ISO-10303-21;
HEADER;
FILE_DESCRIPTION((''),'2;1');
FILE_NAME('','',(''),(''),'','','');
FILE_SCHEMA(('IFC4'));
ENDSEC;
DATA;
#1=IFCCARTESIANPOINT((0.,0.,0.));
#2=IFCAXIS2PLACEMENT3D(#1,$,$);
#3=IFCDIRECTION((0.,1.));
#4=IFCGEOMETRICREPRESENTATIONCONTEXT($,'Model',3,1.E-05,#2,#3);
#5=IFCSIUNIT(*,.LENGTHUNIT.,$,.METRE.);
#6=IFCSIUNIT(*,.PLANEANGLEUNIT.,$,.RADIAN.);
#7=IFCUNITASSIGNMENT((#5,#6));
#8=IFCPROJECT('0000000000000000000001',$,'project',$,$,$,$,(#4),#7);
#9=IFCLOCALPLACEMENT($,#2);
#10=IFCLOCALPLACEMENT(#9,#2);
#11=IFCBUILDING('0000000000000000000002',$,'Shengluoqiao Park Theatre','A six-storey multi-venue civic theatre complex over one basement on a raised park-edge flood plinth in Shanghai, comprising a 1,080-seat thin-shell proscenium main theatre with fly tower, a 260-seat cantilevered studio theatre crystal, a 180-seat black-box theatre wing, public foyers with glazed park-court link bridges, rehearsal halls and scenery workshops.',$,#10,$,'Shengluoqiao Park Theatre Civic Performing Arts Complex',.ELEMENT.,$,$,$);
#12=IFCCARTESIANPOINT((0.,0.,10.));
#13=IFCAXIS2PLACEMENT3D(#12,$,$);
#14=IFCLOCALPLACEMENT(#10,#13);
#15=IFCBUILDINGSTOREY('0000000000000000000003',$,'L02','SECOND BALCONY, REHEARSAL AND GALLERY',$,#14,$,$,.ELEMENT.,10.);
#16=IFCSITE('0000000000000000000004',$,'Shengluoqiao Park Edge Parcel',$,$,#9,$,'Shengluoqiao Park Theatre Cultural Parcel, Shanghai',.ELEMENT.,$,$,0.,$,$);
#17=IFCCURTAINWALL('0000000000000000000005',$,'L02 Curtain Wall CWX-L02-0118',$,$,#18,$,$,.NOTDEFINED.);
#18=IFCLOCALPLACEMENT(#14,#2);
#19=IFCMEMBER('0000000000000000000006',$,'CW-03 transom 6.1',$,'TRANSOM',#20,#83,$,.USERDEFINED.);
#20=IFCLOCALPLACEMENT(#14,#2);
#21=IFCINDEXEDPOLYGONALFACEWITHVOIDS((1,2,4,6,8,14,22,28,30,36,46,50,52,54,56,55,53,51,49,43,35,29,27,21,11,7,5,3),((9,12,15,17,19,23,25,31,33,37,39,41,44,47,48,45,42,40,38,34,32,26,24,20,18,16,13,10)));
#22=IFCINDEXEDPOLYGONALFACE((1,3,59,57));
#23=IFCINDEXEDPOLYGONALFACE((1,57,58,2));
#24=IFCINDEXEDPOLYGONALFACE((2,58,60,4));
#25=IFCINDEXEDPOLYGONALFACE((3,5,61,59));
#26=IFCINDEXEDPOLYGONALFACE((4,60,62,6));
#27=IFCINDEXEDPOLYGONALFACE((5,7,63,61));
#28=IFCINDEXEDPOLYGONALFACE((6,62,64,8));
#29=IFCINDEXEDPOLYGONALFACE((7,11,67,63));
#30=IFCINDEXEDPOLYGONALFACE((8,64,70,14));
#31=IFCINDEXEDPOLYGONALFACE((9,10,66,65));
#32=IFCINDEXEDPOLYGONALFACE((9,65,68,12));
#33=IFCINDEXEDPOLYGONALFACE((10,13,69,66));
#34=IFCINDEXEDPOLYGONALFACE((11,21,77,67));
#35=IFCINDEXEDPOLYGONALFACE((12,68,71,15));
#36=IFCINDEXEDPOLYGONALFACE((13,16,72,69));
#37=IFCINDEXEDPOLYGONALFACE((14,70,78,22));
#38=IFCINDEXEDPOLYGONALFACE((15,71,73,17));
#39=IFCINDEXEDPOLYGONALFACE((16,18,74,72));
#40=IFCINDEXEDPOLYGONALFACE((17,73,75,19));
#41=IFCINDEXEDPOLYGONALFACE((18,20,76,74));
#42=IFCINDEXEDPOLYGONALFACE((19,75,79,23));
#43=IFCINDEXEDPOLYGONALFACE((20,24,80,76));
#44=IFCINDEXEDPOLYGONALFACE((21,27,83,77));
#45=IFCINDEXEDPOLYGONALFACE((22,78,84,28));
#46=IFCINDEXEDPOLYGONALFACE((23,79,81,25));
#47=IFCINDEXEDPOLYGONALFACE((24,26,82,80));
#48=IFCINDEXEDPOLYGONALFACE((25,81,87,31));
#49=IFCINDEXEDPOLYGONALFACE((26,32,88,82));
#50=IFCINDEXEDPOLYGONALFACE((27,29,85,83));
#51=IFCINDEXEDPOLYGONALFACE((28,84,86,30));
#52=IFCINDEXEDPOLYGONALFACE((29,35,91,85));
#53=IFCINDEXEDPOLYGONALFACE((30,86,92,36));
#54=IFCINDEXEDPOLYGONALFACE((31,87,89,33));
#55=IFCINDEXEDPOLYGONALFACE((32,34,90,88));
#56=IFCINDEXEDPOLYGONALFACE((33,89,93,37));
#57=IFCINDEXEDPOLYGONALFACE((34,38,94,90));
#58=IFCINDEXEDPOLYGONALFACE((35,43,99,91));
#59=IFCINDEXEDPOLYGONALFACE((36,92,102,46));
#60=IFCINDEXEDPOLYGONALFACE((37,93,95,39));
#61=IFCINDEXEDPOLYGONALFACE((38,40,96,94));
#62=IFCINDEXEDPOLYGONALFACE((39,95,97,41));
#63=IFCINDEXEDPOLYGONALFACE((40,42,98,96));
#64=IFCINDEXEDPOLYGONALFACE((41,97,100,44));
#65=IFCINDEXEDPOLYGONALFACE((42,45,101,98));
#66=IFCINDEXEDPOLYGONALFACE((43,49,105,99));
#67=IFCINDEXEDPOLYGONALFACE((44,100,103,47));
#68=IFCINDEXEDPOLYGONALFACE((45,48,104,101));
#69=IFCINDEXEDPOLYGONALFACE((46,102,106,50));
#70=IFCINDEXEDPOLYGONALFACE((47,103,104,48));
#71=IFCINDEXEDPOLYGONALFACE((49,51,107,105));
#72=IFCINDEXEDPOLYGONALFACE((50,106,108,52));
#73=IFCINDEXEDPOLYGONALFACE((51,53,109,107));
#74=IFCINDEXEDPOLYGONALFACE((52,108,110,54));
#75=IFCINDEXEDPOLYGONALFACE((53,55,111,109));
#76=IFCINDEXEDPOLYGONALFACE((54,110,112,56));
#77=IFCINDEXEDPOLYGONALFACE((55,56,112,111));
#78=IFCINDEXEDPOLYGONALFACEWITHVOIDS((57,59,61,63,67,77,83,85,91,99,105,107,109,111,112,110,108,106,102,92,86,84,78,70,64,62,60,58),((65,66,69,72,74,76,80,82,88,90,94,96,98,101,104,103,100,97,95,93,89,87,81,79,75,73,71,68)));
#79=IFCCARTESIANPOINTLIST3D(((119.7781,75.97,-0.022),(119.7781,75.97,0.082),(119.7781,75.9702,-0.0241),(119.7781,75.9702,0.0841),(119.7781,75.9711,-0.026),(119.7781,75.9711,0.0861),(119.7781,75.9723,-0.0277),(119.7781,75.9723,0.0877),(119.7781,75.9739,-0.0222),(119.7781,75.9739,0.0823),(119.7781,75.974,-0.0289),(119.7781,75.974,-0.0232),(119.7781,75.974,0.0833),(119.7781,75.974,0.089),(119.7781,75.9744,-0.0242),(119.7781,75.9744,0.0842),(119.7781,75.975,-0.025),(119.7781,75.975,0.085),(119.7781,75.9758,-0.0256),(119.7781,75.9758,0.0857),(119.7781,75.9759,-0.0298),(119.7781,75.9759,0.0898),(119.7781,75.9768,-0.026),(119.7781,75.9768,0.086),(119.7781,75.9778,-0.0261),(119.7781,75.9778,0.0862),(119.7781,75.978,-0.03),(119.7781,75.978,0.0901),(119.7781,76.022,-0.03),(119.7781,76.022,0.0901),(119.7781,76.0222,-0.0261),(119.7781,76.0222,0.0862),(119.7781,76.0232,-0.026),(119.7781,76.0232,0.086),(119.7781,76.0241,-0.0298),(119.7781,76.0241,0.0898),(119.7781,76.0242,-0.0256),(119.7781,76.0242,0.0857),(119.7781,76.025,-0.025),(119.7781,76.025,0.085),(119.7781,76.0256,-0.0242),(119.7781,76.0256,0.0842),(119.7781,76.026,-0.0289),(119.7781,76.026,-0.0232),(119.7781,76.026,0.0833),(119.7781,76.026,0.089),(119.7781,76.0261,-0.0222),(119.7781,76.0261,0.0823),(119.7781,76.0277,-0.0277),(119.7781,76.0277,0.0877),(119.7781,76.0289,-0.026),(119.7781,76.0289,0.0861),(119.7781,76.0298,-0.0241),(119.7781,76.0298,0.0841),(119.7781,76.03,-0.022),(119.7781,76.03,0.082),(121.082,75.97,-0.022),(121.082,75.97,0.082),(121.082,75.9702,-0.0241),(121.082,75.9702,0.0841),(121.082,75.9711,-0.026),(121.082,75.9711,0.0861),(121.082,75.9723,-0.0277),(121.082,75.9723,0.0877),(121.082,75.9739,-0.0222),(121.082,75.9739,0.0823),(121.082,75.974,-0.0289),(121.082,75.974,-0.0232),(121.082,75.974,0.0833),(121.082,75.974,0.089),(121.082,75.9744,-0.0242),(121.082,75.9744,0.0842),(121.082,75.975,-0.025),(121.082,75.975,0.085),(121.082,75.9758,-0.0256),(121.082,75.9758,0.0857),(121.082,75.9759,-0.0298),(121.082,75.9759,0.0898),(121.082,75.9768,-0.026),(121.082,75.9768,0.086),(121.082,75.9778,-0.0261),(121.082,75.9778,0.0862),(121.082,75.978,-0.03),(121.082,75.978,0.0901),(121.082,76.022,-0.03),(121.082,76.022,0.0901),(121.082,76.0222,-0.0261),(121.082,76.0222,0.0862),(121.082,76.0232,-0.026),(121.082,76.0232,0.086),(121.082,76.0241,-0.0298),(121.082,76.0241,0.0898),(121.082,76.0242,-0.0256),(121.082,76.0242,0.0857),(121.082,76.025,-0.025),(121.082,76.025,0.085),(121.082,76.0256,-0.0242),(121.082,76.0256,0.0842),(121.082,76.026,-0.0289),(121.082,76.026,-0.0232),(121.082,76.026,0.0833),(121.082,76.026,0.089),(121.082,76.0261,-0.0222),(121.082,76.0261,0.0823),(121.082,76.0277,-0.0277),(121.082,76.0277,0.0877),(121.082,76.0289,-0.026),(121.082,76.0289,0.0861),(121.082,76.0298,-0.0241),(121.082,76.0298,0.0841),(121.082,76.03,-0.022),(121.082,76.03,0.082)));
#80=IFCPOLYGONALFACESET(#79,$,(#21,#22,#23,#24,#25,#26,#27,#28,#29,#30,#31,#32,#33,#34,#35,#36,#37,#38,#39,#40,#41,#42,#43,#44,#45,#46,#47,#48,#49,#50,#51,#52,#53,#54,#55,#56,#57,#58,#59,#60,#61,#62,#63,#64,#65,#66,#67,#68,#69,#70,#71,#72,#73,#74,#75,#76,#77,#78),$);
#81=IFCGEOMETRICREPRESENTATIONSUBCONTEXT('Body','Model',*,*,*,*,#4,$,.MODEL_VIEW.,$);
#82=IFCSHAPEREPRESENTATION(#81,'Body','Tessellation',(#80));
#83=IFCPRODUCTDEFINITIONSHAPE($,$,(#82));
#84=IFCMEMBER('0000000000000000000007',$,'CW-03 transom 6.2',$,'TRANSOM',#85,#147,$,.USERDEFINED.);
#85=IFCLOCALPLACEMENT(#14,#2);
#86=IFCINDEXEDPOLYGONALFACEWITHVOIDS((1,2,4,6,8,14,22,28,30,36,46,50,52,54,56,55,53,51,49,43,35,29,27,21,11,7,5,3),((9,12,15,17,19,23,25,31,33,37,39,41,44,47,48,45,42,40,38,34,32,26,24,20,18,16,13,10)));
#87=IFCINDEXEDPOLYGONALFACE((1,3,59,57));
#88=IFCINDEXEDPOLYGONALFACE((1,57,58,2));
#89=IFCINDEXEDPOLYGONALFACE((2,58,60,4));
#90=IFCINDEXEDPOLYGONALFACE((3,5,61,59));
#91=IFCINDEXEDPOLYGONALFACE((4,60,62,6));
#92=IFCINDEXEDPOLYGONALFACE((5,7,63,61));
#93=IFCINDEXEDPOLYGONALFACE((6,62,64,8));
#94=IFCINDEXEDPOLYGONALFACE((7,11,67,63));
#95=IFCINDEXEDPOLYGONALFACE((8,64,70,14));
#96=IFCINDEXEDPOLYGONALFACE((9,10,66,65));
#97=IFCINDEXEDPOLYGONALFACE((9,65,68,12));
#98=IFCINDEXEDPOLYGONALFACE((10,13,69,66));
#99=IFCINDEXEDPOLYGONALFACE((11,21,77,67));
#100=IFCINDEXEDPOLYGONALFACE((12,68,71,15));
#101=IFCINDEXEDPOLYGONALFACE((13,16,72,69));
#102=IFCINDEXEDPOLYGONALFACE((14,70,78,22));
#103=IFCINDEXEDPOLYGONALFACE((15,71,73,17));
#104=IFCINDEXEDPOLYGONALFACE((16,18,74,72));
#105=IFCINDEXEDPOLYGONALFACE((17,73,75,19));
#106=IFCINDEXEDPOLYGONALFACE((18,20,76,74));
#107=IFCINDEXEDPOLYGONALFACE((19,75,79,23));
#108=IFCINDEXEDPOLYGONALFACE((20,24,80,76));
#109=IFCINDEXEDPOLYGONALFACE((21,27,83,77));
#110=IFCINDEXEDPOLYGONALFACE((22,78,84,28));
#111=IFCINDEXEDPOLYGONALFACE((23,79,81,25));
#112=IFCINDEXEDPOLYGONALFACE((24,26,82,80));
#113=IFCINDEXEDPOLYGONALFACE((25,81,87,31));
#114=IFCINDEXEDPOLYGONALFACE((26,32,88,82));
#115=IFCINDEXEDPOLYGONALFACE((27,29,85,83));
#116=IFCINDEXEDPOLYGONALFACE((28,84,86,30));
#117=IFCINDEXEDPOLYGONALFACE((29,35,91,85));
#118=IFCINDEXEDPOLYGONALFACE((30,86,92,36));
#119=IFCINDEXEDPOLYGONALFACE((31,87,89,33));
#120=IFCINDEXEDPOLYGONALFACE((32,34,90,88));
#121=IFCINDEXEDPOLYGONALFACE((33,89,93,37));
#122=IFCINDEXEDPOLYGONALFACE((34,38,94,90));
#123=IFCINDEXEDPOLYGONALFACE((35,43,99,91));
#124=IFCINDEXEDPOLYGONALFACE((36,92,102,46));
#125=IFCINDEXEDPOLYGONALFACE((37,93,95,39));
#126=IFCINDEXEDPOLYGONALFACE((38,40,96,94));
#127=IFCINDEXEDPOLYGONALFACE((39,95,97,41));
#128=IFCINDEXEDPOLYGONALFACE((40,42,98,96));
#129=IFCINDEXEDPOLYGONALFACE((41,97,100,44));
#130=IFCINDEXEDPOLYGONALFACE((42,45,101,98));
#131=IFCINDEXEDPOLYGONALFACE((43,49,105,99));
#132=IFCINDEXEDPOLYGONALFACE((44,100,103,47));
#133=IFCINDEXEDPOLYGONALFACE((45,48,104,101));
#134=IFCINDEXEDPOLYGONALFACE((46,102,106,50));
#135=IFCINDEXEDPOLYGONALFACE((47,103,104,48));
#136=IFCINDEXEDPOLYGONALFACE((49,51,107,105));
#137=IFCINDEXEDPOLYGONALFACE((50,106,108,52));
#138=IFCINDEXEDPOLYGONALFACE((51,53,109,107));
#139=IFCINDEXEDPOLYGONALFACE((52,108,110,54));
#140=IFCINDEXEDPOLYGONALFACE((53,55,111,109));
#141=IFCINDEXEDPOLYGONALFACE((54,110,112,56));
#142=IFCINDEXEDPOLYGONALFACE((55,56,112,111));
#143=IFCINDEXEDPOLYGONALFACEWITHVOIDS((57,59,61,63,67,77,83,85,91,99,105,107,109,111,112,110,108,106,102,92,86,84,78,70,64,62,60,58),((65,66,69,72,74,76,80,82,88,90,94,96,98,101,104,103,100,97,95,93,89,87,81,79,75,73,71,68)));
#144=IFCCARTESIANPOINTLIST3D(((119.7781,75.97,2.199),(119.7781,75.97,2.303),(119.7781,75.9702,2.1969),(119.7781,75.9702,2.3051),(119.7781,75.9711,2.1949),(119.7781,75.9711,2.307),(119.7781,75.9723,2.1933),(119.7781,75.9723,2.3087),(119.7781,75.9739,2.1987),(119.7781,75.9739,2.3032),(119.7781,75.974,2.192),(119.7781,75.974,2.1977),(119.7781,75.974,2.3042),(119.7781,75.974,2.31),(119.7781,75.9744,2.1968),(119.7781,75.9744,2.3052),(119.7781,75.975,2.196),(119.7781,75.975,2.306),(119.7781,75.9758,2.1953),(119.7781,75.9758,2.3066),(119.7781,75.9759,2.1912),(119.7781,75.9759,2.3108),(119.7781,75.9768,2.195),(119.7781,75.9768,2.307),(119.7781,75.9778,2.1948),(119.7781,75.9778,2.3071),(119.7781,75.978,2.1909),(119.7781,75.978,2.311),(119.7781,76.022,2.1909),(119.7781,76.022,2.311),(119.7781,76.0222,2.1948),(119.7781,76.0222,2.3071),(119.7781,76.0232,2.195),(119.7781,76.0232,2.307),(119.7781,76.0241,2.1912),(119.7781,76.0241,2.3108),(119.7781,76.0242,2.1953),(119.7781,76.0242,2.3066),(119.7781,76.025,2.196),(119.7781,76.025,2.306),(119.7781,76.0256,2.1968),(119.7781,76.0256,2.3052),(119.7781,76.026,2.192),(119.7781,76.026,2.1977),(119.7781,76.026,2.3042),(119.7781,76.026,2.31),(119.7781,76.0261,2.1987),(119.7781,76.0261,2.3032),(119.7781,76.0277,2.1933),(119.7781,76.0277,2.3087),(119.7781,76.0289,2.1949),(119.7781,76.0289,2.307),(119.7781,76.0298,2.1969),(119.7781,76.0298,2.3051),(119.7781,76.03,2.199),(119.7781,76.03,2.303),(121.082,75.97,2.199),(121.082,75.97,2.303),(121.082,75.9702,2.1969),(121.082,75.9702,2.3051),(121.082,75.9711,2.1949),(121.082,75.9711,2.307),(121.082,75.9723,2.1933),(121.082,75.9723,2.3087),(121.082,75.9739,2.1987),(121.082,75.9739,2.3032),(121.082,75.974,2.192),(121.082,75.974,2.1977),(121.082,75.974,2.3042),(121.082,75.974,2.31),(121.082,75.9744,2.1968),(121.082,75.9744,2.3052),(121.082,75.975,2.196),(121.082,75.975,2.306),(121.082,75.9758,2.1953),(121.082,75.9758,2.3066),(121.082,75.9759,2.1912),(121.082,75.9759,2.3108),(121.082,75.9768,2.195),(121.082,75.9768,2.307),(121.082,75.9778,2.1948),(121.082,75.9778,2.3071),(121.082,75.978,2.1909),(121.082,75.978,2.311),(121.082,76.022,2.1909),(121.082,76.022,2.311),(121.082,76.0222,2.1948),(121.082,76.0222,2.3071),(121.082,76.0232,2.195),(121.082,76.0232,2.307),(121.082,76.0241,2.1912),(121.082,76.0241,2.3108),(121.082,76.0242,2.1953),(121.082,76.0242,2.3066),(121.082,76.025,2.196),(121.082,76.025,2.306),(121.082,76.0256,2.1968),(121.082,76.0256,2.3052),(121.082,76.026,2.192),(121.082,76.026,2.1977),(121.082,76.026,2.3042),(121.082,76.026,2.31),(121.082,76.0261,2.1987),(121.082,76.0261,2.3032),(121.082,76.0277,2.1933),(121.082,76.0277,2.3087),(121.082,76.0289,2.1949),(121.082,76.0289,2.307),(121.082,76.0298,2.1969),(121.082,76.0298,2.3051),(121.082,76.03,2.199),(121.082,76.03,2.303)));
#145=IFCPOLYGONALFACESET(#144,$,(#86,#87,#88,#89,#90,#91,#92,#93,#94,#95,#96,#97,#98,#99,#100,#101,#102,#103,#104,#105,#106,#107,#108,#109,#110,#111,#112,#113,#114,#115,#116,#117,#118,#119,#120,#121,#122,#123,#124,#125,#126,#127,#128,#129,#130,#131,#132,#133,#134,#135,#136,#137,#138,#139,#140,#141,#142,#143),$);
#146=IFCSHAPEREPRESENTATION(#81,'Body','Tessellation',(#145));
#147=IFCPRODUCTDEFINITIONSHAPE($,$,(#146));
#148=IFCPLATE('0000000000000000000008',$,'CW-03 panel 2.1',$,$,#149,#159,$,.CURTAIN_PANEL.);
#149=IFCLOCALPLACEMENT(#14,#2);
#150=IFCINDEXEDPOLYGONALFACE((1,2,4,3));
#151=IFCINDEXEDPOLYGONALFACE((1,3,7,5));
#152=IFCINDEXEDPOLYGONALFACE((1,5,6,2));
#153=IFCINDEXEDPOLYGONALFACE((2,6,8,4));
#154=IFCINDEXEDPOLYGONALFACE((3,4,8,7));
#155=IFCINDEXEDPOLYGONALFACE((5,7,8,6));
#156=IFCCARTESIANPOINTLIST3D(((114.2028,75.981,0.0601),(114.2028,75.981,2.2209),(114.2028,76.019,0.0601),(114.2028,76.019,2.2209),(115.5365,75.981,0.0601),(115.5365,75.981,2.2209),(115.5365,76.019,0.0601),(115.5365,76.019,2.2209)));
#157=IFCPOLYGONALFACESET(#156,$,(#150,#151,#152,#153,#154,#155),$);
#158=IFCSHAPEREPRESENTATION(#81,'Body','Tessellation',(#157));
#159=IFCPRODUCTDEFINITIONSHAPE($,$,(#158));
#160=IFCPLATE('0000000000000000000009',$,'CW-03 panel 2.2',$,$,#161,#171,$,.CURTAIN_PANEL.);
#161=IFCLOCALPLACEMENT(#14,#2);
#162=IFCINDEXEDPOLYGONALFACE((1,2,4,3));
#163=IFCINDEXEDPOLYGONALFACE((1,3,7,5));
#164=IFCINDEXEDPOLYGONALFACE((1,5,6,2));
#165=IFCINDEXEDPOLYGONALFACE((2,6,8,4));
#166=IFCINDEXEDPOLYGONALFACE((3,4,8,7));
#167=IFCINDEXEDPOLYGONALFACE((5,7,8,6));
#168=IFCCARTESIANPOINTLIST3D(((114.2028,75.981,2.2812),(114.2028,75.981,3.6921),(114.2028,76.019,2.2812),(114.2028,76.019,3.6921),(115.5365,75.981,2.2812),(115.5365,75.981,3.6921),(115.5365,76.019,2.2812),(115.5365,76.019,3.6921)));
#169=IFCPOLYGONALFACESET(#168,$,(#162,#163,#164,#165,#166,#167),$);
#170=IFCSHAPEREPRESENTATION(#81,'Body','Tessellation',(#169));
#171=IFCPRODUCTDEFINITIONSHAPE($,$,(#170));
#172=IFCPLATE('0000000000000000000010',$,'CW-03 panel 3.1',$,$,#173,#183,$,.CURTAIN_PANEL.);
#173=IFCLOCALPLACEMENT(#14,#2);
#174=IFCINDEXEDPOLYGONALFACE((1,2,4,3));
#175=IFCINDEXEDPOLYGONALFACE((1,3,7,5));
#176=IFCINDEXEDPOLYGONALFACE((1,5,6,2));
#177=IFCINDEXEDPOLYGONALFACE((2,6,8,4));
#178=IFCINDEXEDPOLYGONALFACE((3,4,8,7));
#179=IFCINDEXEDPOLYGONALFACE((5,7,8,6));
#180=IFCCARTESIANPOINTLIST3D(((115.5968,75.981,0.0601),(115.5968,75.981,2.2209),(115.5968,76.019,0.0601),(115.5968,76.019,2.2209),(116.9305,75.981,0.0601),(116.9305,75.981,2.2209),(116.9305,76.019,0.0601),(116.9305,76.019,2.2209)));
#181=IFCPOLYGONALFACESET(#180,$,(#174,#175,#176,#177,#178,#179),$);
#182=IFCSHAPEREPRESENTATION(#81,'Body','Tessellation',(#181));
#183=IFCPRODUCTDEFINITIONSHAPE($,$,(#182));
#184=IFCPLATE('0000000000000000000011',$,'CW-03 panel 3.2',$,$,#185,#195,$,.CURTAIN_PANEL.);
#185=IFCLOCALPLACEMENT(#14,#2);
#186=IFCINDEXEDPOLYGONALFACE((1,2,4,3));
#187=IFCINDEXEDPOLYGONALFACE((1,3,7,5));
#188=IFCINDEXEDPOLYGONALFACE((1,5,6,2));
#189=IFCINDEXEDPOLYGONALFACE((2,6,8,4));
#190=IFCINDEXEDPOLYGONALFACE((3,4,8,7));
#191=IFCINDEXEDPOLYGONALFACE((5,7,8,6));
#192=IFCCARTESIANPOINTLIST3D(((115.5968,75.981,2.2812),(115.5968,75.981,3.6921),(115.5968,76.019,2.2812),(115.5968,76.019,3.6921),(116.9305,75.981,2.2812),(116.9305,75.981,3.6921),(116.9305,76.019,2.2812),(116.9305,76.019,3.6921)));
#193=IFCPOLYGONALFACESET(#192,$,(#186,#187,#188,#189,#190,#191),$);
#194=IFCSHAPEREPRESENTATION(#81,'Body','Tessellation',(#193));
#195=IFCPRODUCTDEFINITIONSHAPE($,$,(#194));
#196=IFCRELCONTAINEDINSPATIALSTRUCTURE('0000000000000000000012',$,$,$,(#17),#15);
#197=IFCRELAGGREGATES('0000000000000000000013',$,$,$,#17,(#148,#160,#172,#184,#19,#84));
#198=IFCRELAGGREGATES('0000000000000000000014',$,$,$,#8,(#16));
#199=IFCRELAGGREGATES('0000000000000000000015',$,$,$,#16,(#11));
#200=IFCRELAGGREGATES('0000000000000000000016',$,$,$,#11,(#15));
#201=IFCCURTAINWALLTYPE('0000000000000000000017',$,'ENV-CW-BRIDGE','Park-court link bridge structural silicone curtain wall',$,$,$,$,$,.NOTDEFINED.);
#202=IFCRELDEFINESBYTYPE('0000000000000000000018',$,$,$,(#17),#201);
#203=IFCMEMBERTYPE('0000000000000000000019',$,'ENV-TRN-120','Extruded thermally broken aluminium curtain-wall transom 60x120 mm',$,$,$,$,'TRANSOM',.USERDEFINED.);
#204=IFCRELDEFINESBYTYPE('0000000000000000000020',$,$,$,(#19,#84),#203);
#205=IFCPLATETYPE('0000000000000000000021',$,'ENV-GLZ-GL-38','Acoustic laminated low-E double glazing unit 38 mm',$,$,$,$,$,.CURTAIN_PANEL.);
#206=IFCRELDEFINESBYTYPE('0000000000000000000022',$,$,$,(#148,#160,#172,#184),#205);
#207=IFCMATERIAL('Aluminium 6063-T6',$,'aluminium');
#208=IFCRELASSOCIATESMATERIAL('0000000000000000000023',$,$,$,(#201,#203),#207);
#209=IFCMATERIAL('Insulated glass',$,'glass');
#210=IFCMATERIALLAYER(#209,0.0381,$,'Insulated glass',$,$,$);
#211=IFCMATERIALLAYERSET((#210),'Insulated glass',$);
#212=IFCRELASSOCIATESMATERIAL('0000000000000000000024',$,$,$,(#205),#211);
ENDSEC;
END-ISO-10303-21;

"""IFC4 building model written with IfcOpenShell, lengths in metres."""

from ifc_helpers import new_model, si_unit, direction, frame, origin, origin_2d, place, context, subcontext, project, spatial, rectangle, hollow_rectangle, extrude, material, layer, layer_set, material_profile, profile_set, type_object, element, aggregate, save


model = new_model("IFC4")

# Units and contexts
model_context = context("Model", 3, precision=1e-05, world=origin(), true_north=direction((0.0, 1.0)))
body_context = subcontext(model_context, "Body", "Model", "MODEL_VIEW")
ifc_project = project(units=[si_unit("LENGTHUNIT", "METRE"), si_unit("PLANEANGLEUNIT", "RADIAN")], contexts=[model_context])

# Site, building, storey
site_placement = place(None, origin())
site = spatial("IfcSite", under=ifc_project, at=site_placement, Name="Shengluoqiao Park Edge Parcel", LongName="Shengluoqiao Park Theatre Cultural Parcel, Shanghai", CompositionType="ELEMENT", RefElevation=0.0)
building_placement = place(site_placement, origin())
building = spatial("IfcBuilding", under=site, at=building_placement, Name="Shengluoqiao Park Theatre", Description="A six-storey multi-venue civic theatre complex over one basement on a raised park-edge flood plinth in Shanghai, comprising a 1,080-seat thin-shell proscenium main theatre with fly tower, a 260-seat cantilevered studio theatre crystal, a 180-seat black-box theatre wing, public foyers with glazed park-court link bridges, rehearsal halls and scenery workshops.", LongName="Shengluoqiao Park Theatre Civic Performing Arts Complex", CompositionType="ELEMENT")
storey_placement = place(building_placement, frame((0.0, 0.0, 10.0)))
storey = spatial("IfcBuildingStorey", under=building, at=storey_placement, Name="L02", Description="SECOND BALCONY, REHEARSAL AND GALLERY", CompositionType="ELEMENT", Elevation=10.0)

# Curtain wall, members, plates
ifc_material_1 = material(Name="Aluminium 6063-T6", Category="aluminium")
curtain_wall_type = type_object("IfcCurtainWallType", Name="ENV-CW-BRIDGE", Description="Park-court link bridge structural silicone curtain wall", PredefinedType="NOTDEFINED", material=ifc_material_1)
curtain_wall_placement = place(storey_placement, origin())
curtain_wall = element("IfcCurtainWall", 1, at=curtain_wall_placement, inside=storey, type_object=curtain_wall_type, Name="L02 Curtain Wall CWX-L02-0118", PredefinedType="NOTDEFINED")
ifc_material_profile_1 = material_profile(ifc_material_1, hollow_rectangle(XDim=0.0601, YDim=0.1201, WallThickness=0.0039, InnerFilletRadius=0.0039, OuterFilletRadius=0.0081, at=origin_2d()), Name="ALU TRANSOM 120x60x4")
ifc_profile_set_1 = profile_set([ifc_material_profile_1], Name="Aluminium 6063-T6")
member_type_1 = type_object("IfcMemberType", Name="ENV-TRN-120", Description="Extruded thermally broken aluminium curtain-wall transom 60x120 mm", ElementType="TRANSOM", PredefinedType="USERDEFINED", material=ifc_profile_set_1)
member_1_placement = place(storey_placement, frame((119.7781, 76.0, 0.03), z_axis=(1.0, 0.0, 0.0), x_axis=(0.0, 1.0, 0.0)))
member_1 = element("IfcMember", 2, at=member_1_placement, type_object=member_type_1, Name="CW-03 transom 6.1", ObjectType="TRANSOM", PredefinedType="USERDEFINED", context=body_context, shape_type="SweptSolid", body=[
    extrude(hollow_rectangle(XDim=0.0601, YDim=0.1201, WallThickness=0.0039, InnerFilletRadius=0.0039, OuterFilletRadius=0.0081, at=origin_2d()), origin(), (0.0, 0.0, 1.0), 1.304),
])
member_2_placement = place(storey_placement, frame((119.7781, 76.0, 2.251), z_axis=(1.0, 0.0, 0.0), x_axis=(0.0, 1.0, 0.0)))
member_2 = element("IfcMember", 3, at=member_2_placement, type_object=member_type_1, Name="CW-03 transom 6.2", ObjectType="TRANSOM", PredefinedType="USERDEFINED", context=body_context, shape_type="SweptSolid", body=[
    extrude(hollow_rectangle(XDim=0.0601, YDim=0.1201, WallThickness=0.0039, InnerFilletRadius=0.0039, OuterFilletRadius=0.0081, at=origin_2d()), origin(), (0.0, 0.0, 1.0), 1.304),
])
ifc_material_2 = material(Name="Insulated glass", Category="glass")
ifc_layer = layer(ifc_material_2, 0.0381, Name="Insulated glass")
ifc_layer_set = layer_set([ifc_layer], Name="Insulated glass")
plate_type = type_object("IfcPlateType", Name="ENV-GLZ-GL-38", Description="Acoustic laminated low-E double glazing unit 38 mm", PredefinedType="CURTAIN_PANEL", material=ifc_layer_set)
plate_1_placement = place(storey_placement, frame((114.8696, 76.0, 0.0601), z_axis=(0.0, 0.0, 1.0), x_axis=(1.0, 0.0, 0.0)))
plate_1 = element("IfcPlate", 4, at=plate_1_placement, type_object=plate_type, Name="CW-03 panel 2.1", PredefinedType="CURTAIN_PANEL", context=body_context, shape_type="SweptSolid", body=[
    extrude(rectangle(XDim=1.3337, YDim=0.0381, at=origin_2d()), origin(), (0.0, 0.0, 1.0), 2.1609),
])
plate_2_placement = place(storey_placement, frame((114.8696, 76.0, 2.2812), z_axis=(0.0, 0.0, 1.0), x_axis=(1.0, 0.0, 0.0)))
plate_2 = element("IfcPlate", 5, at=plate_2_placement, type_object=plate_type, Name="CW-03 panel 2.2", PredefinedType="CURTAIN_PANEL", context=body_context, shape_type="SweptSolid", body=[
    extrude(rectangle(XDim=1.3337, YDim=0.0381, at=origin_2d()), origin(), (0.0, 0.0, 1.0), 1.4109),
])
plate_3_placement = place(storey_placement, frame((116.2637, 76.0, 0.0601), z_axis=(0.0, 0.0, 1.0), x_axis=(1.0, 0.0, 0.0)))
plate_3 = element("IfcPlate", 6, at=plate_3_placement, type_object=plate_type, Name="CW-03 panel 3.1", PredefinedType="CURTAIN_PANEL", context=body_context, shape_type="SweptSolid", body=[
    extrude(rectangle(XDim=1.3337, YDim=0.0381, at=origin_2d()), origin(), (0.0, 0.0, 1.0), 2.1609),
])
plate_4_placement = place(storey_placement, frame((116.2637, 76.0, 2.2812), z_axis=(0.0, 0.0, 1.0), x_axis=(1.0, 0.0, 0.0)))
plate_4 = element("IfcPlate", 7, at=plate_4_placement, type_object=plate_type, Name="CW-03 panel 3.2", PredefinedType="CURTAIN_PANEL", context=body_context, shape_type="SweptSolid", body=[
    extrude(rectangle(XDim=1.3337, YDim=0.0381, at=origin_2d()), origin(), (0.0, 0.0, 1.0), 1.4109),
])
aggregate(curtain_wall, [plate_1, plate_2, plate_3, plate_4, member_1, member_2])

save(model, "model.ifc")
